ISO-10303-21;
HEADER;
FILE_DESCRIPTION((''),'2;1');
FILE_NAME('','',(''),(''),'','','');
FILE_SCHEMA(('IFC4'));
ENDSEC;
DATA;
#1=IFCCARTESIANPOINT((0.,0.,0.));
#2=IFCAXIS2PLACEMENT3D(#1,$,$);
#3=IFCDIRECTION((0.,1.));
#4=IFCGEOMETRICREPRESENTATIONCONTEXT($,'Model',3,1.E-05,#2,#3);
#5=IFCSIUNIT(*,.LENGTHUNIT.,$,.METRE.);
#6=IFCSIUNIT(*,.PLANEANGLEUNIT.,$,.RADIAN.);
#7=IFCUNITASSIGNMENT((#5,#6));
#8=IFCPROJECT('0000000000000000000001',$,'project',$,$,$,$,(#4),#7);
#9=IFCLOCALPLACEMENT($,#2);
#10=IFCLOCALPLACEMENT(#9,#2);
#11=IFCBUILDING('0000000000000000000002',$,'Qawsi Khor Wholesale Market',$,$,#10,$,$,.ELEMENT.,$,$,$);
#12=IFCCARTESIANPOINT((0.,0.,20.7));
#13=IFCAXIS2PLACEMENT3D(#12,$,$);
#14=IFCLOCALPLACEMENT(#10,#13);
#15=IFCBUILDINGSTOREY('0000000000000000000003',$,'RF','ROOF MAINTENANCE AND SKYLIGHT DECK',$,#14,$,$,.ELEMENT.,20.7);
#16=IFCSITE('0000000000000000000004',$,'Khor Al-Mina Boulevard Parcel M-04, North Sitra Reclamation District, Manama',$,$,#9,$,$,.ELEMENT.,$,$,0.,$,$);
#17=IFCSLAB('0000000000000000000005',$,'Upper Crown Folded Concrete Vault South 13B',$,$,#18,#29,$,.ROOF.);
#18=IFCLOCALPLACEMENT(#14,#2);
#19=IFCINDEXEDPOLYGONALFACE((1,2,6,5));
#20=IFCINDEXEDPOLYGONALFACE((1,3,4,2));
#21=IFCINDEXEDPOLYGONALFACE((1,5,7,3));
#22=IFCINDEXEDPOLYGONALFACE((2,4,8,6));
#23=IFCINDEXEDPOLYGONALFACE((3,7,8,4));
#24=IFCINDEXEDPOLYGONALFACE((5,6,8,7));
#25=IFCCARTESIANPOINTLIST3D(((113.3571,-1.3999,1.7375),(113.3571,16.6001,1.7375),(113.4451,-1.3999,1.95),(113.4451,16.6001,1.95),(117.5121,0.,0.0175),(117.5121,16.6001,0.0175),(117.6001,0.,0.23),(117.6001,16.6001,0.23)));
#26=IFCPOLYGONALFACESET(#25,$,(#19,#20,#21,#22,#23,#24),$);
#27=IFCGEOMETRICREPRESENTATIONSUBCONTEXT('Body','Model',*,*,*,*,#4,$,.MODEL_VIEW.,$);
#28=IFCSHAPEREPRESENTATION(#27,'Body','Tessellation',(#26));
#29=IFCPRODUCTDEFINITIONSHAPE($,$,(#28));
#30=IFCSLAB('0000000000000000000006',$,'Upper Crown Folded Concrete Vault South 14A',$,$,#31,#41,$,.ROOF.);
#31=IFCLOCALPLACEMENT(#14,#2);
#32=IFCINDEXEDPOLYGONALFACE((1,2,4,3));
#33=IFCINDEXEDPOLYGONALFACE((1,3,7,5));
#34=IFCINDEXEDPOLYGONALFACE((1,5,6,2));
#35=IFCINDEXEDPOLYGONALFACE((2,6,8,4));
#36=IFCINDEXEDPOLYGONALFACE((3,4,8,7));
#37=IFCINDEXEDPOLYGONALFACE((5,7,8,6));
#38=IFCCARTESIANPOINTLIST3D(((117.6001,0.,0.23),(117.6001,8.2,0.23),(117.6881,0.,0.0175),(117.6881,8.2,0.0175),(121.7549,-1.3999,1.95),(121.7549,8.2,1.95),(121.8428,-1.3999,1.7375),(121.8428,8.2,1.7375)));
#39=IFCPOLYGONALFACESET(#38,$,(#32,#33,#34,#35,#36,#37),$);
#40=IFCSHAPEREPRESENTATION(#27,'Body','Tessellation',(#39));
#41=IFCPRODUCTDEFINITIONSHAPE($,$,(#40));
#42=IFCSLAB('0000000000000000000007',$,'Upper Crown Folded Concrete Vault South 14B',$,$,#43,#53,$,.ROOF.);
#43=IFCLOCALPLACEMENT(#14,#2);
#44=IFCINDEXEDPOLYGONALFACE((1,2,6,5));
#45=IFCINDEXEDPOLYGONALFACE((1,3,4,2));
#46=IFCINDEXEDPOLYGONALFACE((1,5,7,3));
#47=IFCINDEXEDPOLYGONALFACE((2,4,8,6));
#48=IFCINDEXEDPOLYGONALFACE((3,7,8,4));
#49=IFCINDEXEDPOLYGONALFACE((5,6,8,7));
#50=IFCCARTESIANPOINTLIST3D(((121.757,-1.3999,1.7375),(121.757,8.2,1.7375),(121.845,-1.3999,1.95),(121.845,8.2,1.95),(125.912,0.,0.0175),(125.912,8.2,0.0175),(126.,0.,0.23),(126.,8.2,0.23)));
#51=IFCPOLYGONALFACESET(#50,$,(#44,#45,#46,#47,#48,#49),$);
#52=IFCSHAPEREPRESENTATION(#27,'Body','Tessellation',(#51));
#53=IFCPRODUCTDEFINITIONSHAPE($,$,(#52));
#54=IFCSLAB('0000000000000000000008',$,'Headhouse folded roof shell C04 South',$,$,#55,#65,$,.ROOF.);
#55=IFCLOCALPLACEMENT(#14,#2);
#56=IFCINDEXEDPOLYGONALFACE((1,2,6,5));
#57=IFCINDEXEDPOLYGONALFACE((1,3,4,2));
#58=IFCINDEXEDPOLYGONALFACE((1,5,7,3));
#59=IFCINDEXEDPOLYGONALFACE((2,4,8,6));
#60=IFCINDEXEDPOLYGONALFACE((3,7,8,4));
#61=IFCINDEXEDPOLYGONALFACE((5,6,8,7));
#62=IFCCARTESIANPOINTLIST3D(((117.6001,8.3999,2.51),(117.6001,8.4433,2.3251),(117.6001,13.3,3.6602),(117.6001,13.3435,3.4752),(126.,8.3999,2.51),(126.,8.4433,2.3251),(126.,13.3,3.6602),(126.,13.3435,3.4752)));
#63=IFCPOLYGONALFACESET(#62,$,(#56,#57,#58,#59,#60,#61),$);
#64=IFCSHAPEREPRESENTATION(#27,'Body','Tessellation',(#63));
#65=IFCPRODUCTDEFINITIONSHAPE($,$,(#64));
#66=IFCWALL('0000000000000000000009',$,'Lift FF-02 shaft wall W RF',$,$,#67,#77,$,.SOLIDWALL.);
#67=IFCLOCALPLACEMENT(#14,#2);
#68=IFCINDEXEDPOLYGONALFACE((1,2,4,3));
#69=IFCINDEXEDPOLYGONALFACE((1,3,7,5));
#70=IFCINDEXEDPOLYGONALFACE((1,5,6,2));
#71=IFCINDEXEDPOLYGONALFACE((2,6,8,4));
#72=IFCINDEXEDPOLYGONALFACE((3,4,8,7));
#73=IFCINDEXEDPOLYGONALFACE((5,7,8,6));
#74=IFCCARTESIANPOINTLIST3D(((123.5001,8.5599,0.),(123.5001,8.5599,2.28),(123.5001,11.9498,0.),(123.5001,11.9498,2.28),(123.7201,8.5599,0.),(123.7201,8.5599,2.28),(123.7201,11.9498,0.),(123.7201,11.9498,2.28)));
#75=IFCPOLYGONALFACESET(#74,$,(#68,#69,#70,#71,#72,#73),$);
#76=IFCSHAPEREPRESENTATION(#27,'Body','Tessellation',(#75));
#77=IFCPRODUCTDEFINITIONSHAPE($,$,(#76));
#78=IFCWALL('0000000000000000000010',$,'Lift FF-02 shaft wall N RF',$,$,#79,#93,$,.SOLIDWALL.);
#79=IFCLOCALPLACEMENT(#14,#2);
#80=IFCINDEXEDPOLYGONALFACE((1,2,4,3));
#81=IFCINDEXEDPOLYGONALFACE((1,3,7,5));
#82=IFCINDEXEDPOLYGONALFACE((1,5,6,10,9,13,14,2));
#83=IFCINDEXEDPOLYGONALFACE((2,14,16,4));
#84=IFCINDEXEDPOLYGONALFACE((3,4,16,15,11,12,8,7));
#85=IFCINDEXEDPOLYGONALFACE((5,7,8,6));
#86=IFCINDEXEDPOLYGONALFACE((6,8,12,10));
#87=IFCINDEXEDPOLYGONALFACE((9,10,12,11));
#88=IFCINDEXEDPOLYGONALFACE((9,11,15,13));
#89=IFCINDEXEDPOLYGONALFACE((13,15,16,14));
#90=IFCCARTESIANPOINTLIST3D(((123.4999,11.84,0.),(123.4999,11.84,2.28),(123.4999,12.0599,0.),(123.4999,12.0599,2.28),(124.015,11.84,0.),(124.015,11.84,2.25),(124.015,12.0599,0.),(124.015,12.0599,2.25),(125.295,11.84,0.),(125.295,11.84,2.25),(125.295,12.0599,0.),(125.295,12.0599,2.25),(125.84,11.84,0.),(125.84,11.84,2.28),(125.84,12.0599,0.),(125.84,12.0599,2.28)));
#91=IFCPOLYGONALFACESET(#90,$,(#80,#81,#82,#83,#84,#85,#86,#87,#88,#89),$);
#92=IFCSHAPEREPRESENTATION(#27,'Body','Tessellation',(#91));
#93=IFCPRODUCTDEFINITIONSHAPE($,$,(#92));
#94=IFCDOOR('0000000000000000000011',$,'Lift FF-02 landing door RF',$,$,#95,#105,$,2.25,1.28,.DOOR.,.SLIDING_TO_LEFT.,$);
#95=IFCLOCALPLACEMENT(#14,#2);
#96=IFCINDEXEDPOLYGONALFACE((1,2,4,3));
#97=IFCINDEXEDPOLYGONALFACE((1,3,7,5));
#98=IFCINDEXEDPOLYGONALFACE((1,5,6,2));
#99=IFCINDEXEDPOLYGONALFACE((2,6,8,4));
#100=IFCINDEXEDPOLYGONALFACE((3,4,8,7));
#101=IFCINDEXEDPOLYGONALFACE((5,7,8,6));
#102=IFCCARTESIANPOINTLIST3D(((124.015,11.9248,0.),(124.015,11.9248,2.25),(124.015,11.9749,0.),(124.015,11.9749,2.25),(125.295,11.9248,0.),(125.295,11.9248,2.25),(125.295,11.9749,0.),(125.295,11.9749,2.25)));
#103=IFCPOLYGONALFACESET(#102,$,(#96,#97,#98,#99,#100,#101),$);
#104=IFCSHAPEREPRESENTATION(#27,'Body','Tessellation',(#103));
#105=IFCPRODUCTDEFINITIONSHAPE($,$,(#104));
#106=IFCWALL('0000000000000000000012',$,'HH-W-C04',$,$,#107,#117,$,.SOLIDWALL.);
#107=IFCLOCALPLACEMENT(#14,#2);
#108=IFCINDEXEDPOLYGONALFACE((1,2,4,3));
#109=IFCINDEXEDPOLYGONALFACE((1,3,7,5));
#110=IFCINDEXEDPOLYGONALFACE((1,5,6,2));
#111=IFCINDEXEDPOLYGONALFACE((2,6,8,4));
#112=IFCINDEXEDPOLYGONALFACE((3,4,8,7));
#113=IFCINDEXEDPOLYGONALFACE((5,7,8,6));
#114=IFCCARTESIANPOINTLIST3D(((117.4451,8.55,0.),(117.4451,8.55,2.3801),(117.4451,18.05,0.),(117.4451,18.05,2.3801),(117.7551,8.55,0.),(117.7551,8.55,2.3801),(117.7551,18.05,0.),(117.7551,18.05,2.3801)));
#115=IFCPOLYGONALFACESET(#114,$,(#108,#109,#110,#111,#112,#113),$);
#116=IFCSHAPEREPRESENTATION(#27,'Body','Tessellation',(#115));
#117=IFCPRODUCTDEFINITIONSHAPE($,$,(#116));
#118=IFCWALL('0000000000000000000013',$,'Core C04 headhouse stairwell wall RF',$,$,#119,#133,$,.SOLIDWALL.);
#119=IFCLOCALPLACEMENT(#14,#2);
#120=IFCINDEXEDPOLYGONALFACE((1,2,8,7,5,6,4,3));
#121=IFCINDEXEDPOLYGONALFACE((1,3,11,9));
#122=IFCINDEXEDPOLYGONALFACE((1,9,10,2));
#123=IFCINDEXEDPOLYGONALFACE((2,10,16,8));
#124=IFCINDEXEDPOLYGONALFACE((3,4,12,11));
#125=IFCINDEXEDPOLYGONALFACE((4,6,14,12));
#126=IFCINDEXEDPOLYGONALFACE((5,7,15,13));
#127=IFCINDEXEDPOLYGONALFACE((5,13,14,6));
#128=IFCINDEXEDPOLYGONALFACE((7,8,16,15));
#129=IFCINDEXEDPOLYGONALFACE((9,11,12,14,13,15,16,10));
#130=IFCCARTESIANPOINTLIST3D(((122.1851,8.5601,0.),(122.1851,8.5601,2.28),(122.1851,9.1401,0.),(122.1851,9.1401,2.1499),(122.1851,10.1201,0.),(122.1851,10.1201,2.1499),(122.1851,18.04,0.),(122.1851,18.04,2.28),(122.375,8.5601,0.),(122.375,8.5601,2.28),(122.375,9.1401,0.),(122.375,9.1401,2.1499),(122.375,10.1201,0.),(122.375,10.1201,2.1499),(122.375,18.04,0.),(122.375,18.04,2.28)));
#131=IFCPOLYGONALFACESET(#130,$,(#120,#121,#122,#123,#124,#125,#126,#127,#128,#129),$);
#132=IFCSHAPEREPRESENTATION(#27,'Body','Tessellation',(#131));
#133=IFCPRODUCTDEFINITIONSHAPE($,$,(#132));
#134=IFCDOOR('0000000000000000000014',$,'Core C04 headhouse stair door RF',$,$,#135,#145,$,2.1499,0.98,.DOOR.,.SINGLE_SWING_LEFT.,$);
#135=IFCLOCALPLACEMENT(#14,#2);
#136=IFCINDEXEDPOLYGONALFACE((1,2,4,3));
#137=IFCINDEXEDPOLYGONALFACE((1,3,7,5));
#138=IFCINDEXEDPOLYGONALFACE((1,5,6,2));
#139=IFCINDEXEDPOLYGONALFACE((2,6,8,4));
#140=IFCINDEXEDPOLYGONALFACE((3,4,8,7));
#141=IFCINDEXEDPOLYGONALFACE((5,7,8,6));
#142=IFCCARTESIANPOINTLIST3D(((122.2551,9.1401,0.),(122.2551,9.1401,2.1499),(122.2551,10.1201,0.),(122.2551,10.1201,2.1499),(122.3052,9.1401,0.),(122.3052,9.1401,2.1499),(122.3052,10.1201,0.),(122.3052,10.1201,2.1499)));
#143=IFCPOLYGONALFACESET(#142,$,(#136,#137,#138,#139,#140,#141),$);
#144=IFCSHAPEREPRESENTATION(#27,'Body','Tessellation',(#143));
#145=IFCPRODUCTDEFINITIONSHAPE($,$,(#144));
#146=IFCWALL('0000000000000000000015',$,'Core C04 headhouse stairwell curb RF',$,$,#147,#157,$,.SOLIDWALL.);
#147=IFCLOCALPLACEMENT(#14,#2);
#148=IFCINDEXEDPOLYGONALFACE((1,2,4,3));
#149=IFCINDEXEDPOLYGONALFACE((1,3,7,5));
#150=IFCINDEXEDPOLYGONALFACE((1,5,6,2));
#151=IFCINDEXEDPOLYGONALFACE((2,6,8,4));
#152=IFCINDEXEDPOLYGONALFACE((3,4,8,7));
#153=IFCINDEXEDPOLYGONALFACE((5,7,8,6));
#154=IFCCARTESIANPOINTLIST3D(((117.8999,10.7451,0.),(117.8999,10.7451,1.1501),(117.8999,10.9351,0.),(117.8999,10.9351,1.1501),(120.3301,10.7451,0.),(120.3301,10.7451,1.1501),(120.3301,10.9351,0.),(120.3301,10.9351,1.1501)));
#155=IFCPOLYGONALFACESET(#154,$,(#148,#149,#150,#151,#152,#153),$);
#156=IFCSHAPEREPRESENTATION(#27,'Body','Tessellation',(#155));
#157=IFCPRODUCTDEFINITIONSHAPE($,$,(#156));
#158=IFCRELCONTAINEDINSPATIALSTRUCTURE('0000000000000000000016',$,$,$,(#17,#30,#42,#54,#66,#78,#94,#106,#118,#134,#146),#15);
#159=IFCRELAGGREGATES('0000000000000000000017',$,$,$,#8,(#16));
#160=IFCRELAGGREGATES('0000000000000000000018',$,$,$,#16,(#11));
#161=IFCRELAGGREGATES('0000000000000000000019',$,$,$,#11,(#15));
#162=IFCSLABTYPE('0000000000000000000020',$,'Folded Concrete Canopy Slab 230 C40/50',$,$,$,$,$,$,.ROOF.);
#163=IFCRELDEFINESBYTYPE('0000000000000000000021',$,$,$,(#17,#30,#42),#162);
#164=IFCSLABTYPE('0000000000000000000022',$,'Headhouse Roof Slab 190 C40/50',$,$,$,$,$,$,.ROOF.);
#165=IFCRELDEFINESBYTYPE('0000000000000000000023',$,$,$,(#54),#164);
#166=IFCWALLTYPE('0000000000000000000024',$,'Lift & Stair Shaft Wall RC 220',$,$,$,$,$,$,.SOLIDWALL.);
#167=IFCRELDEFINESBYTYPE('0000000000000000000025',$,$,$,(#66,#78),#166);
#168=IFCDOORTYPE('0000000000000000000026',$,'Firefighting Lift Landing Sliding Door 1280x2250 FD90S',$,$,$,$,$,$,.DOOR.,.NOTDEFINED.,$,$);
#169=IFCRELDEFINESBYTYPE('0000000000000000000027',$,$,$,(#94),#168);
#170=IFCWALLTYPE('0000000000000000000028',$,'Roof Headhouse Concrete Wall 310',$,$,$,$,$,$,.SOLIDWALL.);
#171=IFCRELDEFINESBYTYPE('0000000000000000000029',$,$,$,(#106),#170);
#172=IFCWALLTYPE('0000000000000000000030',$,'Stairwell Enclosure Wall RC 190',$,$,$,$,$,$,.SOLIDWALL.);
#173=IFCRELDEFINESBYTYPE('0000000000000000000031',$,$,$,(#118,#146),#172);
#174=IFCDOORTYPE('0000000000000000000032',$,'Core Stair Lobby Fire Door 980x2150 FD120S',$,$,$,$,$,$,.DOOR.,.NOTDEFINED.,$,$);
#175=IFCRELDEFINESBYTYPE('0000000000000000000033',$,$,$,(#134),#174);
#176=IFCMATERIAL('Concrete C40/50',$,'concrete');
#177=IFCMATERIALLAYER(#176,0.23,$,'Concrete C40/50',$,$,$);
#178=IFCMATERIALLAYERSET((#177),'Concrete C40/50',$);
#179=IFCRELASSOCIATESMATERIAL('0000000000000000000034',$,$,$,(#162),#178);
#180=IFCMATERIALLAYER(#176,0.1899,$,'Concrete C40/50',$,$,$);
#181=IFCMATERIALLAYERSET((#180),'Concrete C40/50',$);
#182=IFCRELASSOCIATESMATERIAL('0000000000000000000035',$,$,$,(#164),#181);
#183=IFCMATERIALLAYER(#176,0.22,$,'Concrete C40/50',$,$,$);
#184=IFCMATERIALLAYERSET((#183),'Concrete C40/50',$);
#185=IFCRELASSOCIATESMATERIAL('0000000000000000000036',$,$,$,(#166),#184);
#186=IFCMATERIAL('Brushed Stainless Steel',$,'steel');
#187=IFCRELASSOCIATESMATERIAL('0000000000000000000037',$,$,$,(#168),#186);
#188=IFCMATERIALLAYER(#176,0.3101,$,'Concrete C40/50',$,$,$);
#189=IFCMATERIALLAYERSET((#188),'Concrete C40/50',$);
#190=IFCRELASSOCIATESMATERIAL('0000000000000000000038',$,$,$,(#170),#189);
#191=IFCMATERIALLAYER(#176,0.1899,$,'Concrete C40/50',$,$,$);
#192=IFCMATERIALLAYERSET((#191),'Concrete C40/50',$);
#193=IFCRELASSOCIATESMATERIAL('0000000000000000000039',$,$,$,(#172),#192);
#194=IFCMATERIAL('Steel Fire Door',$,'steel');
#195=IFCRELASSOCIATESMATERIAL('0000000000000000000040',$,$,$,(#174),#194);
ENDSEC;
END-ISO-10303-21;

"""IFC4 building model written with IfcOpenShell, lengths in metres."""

from ifc_helpers import new_model, si_unit, direction, frame, frame_2d, origin, place, context, subcontext, project, spatial, polyline, rectangle, outline, extrude, material, layer, layer_set, type_object, element, fill, save


model = new_model("IFC4")

# Units and contexts
model_context = context("Model", 3, precision=1e-05, world=origin(), true_north=direction((0.0, 1.0)))
body_context = subcontext(model_context, "Body", "Model", "MODEL_VIEW")
ifc_project = project(units=[si_unit("LENGTHUNIT", "METRE"), si_unit("PLANEANGLEUNIT", "RADIAN")], contexts=[model_context])

# Site, building, storey
site_placement = place(None, origin())
site = spatial("IfcSite", under=ifc_project, at=site_placement, Name="Khor Al-Mina Boulevard Parcel M-04, North Sitra Reclamation District, Manama", CompositionType="ELEMENT", RefElevation=0.0)
building_placement = place(site_placement, origin())
building = spatial("IfcBuilding", under=site, at=building_placement, Name="Qawsi Khor Wholesale Market", CompositionType="ELEMENT")
storey_placement = place(building_placement, frame((0.0, 0.0, 20.7)))
storey = spatial("IfcBuildingStorey", under=building, at=storey_placement, Name="RF", Description="ROOF MAINTENANCE AND SKYLIGHT DECK", CompositionType="ELEMENT", Elevation=20.7)

# Slabs
ifc_material_1 = material(Name="Concrete C40/50", Category="concrete")
ifc_layer_1 = layer(ifc_material_1, 0.23, Name="Concrete C40/50")
ifc_layer_set_1 = layer_set([ifc_layer_1], Name="Concrete C40/50")
slab_type_1 = type_object("IfcSlabType", Name="Folded Concrete Canopy Slab 230 C40/50", PredefinedType="ROOF", material=ifc_layer_set_1)
slab_1_placement = place(storey_placement, frame((113.4451, -1.3999, 1.95), z_axis=(0.382475, 0.0, 0.923966), x_axis=(0.882208, 0.297231, -0.365189)))
element("IfcSlab", 1, at=slab_1_placement, inside=storey, type_object=slab_type_1, Name="Upper Crown Folded Concrete Vault South 13B", PredefinedType="ROOF", context=body_context, shape_type="SweptSolid", body=[
    extrude(outline(polyline([(0.0, 0.0), (4.7098, 0.0), (9.6439, 15.8499), (5.3502, 17.1865), (0.0, 0.0)])), origin(), (0.0, 0.0, -1.0), 0.23),
])
slab_2_placement = place(storey_placement, frame((117.6001, 0.0, 0.23), z_axis=(-0.382494, 0.0, 0.923958), x_axis=(0.882196, -0.297245, 0.365206)))
element("IfcSlab", 2, at=slab_2_placement, inside=storey, type_object=slab_type_1, Name="Upper Crown Folded Concrete Vault South 14A", PredefinedType="ROOF", context=body_context, shape_type="SweptSolid", body=[
    extrude(outline(polyline([(0.0, 0.0), (4.7096, 0.0), (1.8561, 9.166), (-2.4374, 7.8293), (0.0, 0.0)])), origin(), (0.0, 0.0, -1.0), 0.23),
])
slab_3_placement = place(storey_placement, frame((121.845, -1.3999, 1.95), z_axis=(0.382475, 0.0, 0.923966), x_axis=(0.882208, 0.297231, -0.365189)))
element("IfcSlab", 3, at=slab_3_placement, inside=storey, type_object=slab_type_1, Name="Upper Crown Folded Concrete Vault South 14B", PredefinedType="ROOF", context=body_context, shape_type="SweptSolid", body=[
    extrude(outline(polyline([(0.0, 0.0), (4.7098, 0.0), (7.1471, 7.8294), (2.8534, 9.166), (0.0, 0.0)])), origin(), (0.0, 0.0, -1.0), 0.23),
])
ifc_layer_2 = layer(ifc_material_1, 0.1899, Name="Concrete C40/50")
ifc_layer_set_2 = layer_set([ifc_layer_2], Name="Concrete C40/50")
slab_type_2 = type_object("IfcSlabType", Name="Headhouse Roof Slab 190 C40/50", PredefinedType="ROOF", material=ifc_layer_set_2)
slab_4_placement = place(storey_placement, frame((117.6001, 8.3999, 2.51), z_axis=(0.0, -0.228507, 0.973542), x_axis=(1.0, 0.0, 0.0)))
element("IfcSlab", 4, at=slab_4_placement, inside=storey, type_object=slab_type_2, Name="Headhouse folded roof shell C04 South", PredefinedType="ROOF", context=body_context, shape_type="SweptSolid", body=[
    extrude(outline(polyline([(0.0, 0.0), (8.3999, 0.0), (8.3999, 5.0333), (0.0, 5.0333), (0.0, 0.0)])), origin(), (0.0, 0.0, -1.0), 0.1899),
])

# Wall
ifc_layer_3 = layer(ifc_material_1, 0.22, Name="Concrete C40/50")
ifc_layer_set_3 = layer_set([ifc_layer_3], Name="Concrete C40/50")
wall_type_1 = type_object("IfcWallType", Name="Lift & Stair Shaft Wall RC 220", PredefinedType="SOLIDWALL", material=ifc_layer_set_3)
wall_1_placement = place(storey_placement, frame((123.6101, 8.5601, 0.0), z_axis=(0.0, 0.0, 1.0), x_axis=(0.0, 1.0, 0.0)))
element("IfcWall", 5, at=wall_1_placement, inside=storey, type_object=wall_type_1, Name="Lift FF-02 shaft wall W RF", PredefinedType="SOLIDWALL", context=body_context, shape_type="SweptSolid", body=[
    extrude(rectangle(XDim=3.3899, YDim=0.22, at=frame_2d((1.6948, 0.0))), origin(), (0.0, 0.0, 1.0), 2.28),
])

# Wall, opening, door
wall_2_placement = place(storey_placement, frame((123.5, 11.95, 0.0), z_axis=(0.0, 0.0, 1.0), x_axis=(1.0, 0.0, 0.0)))
wall_2 = element("IfcWall", 6, at=wall_2_placement, inside=storey, type_object=wall_type_1, Name="Lift FF-02 shaft wall N RF", PredefinedType="SOLIDWALL", context=body_context, shape_type="SweptSolid", body=[
    extrude(rectangle(XDim=2.3401, YDim=0.22, at=frame_2d((1.1699, 0.0))), origin(), (0.0, 0.0, 1.0), 2.28),
])
opening_1_placement = place(wall_2_placement, frame((0.5149, 0.0, 0.0)))
opening_1 = element("IfcOpeningElement", 7, at=opening_1_placement, cuts=wall_2, PredefinedType="OPENING", context=body_context, shape_type="SweptSolid", body=[
    extrude(rectangle(XDim=1.28, YDim=2.25, at=frame_2d((0.6401, 1.125))), frame((0.0, 0.1199, 0.0), z_axis=(0.0, -1.0, 0.0), x_axis=(1.0, 0.0, 0.0)), (0.0, 0.0, 1.0), 0.24),
])
ifc_material_2 = material(Name="Brushed Stainless Steel", Category="steel")
door_type_1 = type_object("IfcDoorType", Name="Firefighting Lift Landing Sliding Door 1280x2250 FD90S", OperationType="NOTDEFINED", PredefinedType="DOOR", material=ifc_material_2)
door_1_placement = place(opening_1_placement, origin())
door_1 = element("IfcDoor", 8, at=door_1_placement, inside=storey, type_object=door_type_1, Name="Lift FF-02 landing door RF", OperationType="SLIDING_TO_LEFT", OverallHeight=2.25, OverallWidth=1.28, PredefinedType="DOOR", context=body_context, shape_type="SweptSolid", body=[
    extrude(rectangle(XDim=1.28, YDim=2.25, at=frame_2d((0.6401, 1.125))), frame((0.0, 0.0249, 0.0), z_axis=(0.0, -1.0, 0.0), x_axis=(1.0, 0.0, 0.0)), (0.0, 0.0, 1.0), 0.05),
])
fill(opening_1, door_1)
ifc_layer_4 = layer(ifc_material_1, 0.3101, Name="Concrete C40/50")
ifc_layer_set_4 = layer_set([ifc_layer_4], Name="Concrete C40/50")
wall_type_2 = type_object("IfcWallType", Name="Roof Headhouse Concrete Wall 310", PredefinedType="SOLIDWALL", material=ifc_layer_set_4)

# Wall
wall_3_placement = place(storey_placement, frame((117.6001, 8.55, 0.0), z_axis=(0.0, 0.0, 1.0), x_axis=(0.0, 1.0, 0.0)))
element("IfcWall", 9, at=wall_3_placement, inside=storey, type_object=wall_type_2, Name="HH-W-C04", PredefinedType="SOLIDWALL", context=body_context, shape_type="SweptSolid", body=[
    extrude(rectangle(XDim=9.5, YDim=0.3101, at=frame_2d((4.75, 0.0))), origin(), (0.0, 0.0, 1.0), 2.3801),
])

# Wall, opening, door
ifc_layer_5 = layer(ifc_material_1, 0.1899, Name="Concrete C40/50")
ifc_layer_set_5 = layer_set([ifc_layer_5], Name="Concrete C40/50")
wall_type_3 = type_object("IfcWallType", Name="Stairwell Enclosure Wall RC 190", PredefinedType="SOLIDWALL", material=ifc_layer_set_5)
wall_4_placement = place(storey_placement, frame((122.28, 8.5601, 0.0), z_axis=(0.0, 0.0, 1.0), x_axis=(0.0, 1.0, 0.0)))
wall_4 = element("IfcWall", 10, at=wall_4_placement, inside=storey, type_object=wall_type_3, Name="Core C04 headhouse stairwell wall RF", PredefinedType="SOLIDWALL", context=body_context, shape_type="SweptSolid", body=[
    extrude(rectangle(XDim=9.48, YDim=0.1899, at=frame_2d((4.74, 0.0))), origin(), (0.0, 0.0, 1.0), 2.28),
])
opening_2_placement = place(wall_4_placement, frame((0.5801, 0.0, 0.0)))
opening_2 = element("IfcOpeningElement", 11, at=opening_2_placement, cuts=wall_4, PredefinedType="OPENING", context=body_context, shape_type="SweptSolid", body=[
    extrude(rectangle(XDim=0.98, YDim=2.1499, at=frame_2d((0.49, 1.075))), frame((0.0, 0.105, 0.0), z_axis=(0.0, -1.0, 0.0), x_axis=(1.0, 0.0, 0.0)), (0.0, 0.0, 1.0), 0.21),
])
ifc_material_3 = material(Name="Steel Fire Door", Category="steel")
door_type_2 = type_object("IfcDoorType", Name="Core Stair Lobby Fire Door 980x2150 FD120S", OperationType="NOTDEFINED", PredefinedType="DOOR", material=ifc_material_3)
door_2_placement = place(opening_2_placement, origin())
door_2 = element("IfcDoor", 12, at=door_2_placement, inside=storey, type_object=door_type_2, Name="Core C04 headhouse stair door RF", OperationType="SINGLE_SWING_LEFT", OverallHeight=2.1499, OverallWidth=0.98, PredefinedType="DOOR", context=body_context, shape_type="SweptSolid", body=[
    extrude(rectangle(XDim=0.98, YDim=2.1499, at=frame_2d((0.49, 1.075))), frame((0.0, 0.0249, 0.0), z_axis=(0.0, -1.0, 0.0), x_axis=(1.0, 0.0, 0.0)), (0.0, 0.0, 1.0), 0.05),
])
fill(opening_2, door_2)

# Wall
wall_5_placement = place(storey_placement, frame((117.8999, 10.8401, 0.0), z_axis=(0.0, 0.0, 1.0), x_axis=(1.0, 0.0, 0.0)))
element("IfcWall", 13, at=wall_5_placement, inside=storey, type_object=wall_type_3, Name="Core C04 headhouse stairwell curb RF", PredefinedType="SOLIDWALL", context=body_context, shape_type="SweptSolid", body=[
    extrude(rectangle(XDim=2.4302, YDim=0.1899, at=frame_2d((1.2151, 0.0))), origin(), (0.0, 0.0, 1.0), 1.1501),
])

save(model, "model.ifc")
